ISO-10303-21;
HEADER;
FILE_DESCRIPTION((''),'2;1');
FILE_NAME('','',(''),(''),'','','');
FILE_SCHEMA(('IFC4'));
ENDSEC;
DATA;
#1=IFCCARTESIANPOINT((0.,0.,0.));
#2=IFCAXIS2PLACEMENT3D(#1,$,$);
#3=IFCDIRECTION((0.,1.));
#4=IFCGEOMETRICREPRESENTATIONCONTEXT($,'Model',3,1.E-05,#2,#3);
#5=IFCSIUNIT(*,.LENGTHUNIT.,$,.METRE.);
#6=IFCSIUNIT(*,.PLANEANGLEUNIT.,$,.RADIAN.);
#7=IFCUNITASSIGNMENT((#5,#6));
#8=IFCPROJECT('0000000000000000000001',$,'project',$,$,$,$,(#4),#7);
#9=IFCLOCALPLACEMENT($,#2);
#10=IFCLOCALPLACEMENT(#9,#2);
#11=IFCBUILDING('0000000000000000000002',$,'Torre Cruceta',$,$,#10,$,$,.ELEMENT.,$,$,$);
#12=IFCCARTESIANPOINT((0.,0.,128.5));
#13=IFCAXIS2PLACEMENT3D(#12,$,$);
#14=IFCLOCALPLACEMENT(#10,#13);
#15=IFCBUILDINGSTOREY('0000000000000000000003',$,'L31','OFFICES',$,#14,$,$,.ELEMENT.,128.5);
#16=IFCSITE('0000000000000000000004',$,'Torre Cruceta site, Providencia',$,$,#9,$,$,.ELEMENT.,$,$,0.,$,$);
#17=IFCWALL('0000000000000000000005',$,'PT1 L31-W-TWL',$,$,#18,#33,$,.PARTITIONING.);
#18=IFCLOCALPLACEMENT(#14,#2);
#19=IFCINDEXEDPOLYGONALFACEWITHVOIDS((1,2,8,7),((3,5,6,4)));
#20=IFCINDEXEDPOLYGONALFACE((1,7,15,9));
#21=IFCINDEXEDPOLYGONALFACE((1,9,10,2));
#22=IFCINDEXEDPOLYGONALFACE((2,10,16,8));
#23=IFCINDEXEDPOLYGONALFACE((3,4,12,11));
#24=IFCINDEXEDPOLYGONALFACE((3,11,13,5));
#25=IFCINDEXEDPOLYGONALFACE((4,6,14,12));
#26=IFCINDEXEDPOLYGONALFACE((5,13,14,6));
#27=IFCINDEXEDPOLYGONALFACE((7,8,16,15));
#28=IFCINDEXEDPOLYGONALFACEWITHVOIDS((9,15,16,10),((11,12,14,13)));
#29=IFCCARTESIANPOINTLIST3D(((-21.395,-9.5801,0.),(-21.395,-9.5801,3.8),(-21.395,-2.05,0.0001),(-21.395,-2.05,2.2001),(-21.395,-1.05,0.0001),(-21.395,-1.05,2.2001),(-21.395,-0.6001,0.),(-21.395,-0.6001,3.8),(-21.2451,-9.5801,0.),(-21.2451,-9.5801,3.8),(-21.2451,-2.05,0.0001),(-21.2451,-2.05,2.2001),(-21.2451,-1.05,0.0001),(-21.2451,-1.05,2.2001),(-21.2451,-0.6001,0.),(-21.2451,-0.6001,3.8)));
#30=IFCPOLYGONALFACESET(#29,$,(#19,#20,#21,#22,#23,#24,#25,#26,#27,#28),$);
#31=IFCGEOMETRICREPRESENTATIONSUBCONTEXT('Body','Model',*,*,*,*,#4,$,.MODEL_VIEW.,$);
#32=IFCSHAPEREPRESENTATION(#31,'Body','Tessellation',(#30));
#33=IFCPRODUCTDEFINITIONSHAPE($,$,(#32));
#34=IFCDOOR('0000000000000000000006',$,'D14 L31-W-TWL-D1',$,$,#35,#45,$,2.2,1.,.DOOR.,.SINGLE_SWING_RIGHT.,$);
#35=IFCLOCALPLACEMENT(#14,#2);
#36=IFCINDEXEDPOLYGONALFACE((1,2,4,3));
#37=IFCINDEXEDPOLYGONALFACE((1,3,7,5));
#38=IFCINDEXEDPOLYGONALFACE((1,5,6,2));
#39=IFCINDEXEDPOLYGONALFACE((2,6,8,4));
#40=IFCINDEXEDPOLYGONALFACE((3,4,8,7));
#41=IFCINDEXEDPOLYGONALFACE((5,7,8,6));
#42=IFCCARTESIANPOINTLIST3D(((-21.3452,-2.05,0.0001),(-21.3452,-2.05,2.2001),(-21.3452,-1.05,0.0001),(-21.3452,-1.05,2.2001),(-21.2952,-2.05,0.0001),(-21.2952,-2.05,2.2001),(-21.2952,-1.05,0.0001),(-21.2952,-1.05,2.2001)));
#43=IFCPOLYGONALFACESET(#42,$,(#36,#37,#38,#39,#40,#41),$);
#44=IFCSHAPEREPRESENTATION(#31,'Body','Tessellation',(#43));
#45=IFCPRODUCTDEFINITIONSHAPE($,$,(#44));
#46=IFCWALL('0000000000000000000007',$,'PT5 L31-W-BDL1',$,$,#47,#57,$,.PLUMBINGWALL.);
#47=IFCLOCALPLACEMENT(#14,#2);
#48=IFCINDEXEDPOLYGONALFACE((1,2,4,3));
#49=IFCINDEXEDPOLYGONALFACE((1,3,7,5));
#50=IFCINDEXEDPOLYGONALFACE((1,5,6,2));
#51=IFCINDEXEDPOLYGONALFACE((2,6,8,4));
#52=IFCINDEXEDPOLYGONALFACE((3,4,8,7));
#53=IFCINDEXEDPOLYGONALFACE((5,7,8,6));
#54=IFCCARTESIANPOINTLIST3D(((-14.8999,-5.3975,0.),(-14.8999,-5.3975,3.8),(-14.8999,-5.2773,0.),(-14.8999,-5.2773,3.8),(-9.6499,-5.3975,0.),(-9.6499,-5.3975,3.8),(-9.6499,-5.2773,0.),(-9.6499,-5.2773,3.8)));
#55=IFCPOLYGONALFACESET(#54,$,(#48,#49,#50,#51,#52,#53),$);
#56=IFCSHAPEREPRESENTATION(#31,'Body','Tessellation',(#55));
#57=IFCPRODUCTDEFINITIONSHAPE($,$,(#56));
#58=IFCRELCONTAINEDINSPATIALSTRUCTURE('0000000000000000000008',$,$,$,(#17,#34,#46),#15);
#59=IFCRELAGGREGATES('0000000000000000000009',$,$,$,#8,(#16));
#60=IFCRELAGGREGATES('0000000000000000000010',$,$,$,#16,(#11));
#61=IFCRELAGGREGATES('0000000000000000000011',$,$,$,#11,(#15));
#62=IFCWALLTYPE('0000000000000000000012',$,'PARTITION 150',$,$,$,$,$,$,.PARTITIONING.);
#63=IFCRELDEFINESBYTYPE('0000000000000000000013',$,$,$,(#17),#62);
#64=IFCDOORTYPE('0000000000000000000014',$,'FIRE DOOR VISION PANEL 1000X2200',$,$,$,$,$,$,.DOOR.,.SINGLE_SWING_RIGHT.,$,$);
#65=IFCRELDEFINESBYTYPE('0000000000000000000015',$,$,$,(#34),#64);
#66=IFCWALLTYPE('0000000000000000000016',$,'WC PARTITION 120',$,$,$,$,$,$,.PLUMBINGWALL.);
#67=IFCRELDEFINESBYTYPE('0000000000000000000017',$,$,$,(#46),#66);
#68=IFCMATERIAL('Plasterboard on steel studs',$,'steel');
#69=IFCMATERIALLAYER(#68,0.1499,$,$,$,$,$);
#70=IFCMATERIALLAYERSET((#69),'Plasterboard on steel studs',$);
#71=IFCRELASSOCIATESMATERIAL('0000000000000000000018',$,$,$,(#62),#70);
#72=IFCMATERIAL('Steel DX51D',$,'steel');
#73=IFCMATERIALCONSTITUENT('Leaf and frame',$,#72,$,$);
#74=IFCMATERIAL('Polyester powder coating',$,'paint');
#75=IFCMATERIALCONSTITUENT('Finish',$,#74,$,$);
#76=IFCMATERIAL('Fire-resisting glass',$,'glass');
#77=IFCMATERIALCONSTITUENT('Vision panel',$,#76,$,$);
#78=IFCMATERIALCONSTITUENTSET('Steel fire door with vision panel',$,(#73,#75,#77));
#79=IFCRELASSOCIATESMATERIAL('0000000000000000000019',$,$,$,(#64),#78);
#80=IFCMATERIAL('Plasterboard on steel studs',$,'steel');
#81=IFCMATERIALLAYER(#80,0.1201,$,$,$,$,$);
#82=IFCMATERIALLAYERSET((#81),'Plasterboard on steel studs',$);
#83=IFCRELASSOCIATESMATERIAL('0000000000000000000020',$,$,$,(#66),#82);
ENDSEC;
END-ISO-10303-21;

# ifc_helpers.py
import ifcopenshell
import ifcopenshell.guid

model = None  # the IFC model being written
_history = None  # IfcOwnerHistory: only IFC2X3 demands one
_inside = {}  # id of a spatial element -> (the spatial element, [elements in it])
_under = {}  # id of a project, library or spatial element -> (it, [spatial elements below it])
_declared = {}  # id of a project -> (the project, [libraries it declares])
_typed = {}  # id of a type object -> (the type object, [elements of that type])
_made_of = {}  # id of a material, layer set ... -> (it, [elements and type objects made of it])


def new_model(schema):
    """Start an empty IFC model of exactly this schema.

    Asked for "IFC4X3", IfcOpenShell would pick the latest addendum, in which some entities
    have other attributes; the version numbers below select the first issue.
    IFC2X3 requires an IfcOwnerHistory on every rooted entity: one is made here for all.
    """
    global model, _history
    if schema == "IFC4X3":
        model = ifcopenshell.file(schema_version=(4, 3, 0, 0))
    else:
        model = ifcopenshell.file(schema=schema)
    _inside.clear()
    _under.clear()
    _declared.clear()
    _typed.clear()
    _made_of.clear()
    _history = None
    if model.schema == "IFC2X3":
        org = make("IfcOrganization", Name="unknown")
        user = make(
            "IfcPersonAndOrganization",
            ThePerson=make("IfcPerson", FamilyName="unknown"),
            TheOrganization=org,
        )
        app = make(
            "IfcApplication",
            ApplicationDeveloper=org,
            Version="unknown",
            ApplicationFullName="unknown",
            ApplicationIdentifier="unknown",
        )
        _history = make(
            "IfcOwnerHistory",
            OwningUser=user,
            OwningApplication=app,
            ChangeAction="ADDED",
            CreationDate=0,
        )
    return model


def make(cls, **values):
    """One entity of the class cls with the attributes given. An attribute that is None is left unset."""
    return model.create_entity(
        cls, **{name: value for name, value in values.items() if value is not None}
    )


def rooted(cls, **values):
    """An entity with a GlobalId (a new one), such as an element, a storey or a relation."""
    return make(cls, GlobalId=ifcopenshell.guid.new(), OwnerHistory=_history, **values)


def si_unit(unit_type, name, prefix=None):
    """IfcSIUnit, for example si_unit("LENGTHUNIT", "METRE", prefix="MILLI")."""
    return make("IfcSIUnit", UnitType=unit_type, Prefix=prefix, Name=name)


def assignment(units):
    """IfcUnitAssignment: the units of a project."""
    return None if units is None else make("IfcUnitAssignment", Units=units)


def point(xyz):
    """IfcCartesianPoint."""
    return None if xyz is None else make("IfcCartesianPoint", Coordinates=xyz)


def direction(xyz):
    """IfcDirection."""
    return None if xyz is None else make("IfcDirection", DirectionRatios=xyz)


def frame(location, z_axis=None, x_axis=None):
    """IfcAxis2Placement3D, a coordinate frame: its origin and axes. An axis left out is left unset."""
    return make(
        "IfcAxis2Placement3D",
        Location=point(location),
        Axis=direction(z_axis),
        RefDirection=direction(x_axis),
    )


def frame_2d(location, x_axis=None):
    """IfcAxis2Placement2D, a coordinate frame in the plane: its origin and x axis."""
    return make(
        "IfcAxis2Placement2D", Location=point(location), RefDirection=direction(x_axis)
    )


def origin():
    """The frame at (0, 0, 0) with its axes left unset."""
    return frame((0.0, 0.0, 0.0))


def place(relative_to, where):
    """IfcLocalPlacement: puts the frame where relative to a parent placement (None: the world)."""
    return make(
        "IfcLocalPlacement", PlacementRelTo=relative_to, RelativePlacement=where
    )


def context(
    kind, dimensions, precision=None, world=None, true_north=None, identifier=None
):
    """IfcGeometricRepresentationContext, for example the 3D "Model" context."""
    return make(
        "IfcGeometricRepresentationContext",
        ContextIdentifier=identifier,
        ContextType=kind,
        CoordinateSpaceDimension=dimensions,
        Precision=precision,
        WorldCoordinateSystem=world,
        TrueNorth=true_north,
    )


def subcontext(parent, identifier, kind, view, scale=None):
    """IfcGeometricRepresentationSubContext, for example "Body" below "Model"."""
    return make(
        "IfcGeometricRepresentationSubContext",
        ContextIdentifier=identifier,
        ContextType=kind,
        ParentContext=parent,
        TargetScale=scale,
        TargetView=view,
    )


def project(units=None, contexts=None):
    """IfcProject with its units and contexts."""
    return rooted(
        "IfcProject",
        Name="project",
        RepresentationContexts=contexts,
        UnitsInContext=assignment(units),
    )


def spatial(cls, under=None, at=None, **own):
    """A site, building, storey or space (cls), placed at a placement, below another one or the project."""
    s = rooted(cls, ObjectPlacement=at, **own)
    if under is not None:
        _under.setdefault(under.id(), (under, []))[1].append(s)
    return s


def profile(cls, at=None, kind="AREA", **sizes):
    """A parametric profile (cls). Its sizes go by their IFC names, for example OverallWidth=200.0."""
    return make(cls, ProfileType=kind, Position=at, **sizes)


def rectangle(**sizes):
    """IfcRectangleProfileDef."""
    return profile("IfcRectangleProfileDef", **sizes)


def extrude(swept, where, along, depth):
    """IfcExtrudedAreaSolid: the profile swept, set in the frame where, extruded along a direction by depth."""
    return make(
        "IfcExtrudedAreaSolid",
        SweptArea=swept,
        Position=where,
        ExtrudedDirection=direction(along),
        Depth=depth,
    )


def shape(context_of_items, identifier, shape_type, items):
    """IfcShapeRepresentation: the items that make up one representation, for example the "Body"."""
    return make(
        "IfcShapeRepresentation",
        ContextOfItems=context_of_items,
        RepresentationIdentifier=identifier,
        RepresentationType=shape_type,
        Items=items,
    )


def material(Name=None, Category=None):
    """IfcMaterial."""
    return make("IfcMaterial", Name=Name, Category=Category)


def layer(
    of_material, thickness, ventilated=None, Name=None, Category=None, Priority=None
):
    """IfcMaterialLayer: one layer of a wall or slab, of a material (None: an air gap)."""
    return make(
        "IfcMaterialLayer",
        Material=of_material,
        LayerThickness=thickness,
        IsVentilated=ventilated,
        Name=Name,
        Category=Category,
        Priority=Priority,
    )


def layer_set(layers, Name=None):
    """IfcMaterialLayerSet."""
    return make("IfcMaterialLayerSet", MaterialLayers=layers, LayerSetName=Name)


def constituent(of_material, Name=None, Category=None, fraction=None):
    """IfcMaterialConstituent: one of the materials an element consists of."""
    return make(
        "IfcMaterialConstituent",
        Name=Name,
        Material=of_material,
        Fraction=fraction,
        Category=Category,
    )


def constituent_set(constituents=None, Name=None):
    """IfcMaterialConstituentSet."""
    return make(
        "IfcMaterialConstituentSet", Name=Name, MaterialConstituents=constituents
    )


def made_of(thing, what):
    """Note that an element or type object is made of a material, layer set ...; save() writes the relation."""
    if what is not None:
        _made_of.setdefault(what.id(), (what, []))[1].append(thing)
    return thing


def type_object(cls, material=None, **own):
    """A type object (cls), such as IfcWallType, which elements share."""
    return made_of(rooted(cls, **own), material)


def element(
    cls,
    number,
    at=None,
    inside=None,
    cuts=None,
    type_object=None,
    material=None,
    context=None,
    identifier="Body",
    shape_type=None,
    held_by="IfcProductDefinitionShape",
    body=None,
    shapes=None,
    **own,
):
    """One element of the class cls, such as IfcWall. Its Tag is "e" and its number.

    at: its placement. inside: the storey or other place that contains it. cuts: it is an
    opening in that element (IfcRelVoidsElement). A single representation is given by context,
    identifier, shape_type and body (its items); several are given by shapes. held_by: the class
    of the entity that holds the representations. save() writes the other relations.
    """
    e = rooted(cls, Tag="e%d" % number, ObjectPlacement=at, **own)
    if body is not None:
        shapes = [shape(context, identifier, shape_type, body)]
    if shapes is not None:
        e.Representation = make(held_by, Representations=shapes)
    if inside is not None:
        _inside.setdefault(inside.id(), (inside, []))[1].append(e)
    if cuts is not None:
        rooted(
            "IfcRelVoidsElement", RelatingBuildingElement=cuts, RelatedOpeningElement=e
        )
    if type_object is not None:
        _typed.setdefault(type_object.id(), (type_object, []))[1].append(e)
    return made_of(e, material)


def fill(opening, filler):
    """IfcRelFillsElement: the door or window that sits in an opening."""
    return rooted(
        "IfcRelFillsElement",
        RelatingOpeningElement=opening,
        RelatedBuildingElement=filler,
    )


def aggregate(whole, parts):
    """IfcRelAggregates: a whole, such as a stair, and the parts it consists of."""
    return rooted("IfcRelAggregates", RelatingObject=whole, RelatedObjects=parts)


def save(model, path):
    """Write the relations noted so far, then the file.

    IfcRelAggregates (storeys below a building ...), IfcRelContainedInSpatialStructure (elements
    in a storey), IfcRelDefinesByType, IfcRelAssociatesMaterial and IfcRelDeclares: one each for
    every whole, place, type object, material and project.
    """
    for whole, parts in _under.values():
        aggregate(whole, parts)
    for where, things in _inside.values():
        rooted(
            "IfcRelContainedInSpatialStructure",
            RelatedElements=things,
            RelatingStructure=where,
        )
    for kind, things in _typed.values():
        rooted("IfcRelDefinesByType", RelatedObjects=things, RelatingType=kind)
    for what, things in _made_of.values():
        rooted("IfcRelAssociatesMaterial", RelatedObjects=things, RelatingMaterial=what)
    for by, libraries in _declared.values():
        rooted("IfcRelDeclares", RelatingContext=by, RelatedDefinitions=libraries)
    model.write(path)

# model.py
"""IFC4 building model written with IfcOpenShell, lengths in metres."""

from ifc_helpers import new_model, si_unit, direction, frame, frame_2d, origin, place, context, subcontext, project, spatial, rectangle, extrude, material, layer, layer_set, constituent, constituent_set, type_object, element, fill, save


model = new_model("IFC4")

# Units and contexts
model_context = context("Model", 3, precision=1e-05, world=origin(), true_north=direction((0.0, 1.0)))
body_context = subcontext(model_context, "Body", "Model", "MODEL_VIEW")
ifc_project = project(units=[si_unit("LENGTHUNIT", "METRE"), si_unit("PLANEANGLEUNIT", "RADIAN")], contexts=[model_context])

# Site, building, storey
site_placement = place(None, origin())
site = spatial("IfcSite", under=ifc_project, at=site_placement, Name="Torre Cruceta site, Providencia", CompositionType="ELEMENT", RefElevation=0.0)
building_placement = place(site_placement, origin())
building = spatial("IfcBuilding", under=site, at=building_placement, Name="Torre Cruceta", CompositionType="ELEMENT")
storey_placement = place(building_placement, frame((0.0, 0.0, 128.5)))
storey = spatial("IfcBuildingStorey", under=building, at=storey_placement, Name="L31", Description="OFFICES", CompositionType="ELEMENT", Elevation=128.5)

# Shared definitions
ifc_material_1 = material(Name="Plasterboard on steel studs", Category="steel")
ifc_layer_1 = layer(ifc_material_1, 0.1499)
ifc_layer_set_1 = layer_set([ifc_layer_1], Name="Plasterboard on steel studs")
wall_type_1 = type_object("IfcWallType", Name="PARTITION 150", PredefinedType="PARTITIONING", material=ifc_layer_set_1)

# Wall, opening, door
wall_1_placement = place(storey_placement, frame((-21.3201, -0.6001, 0.0), z_axis=(0.0, 0.0, 1.0), x_axis=(0.0, -1.0, 0.0)))
wall_1 = element("IfcWall", 1, at=wall_1_placement, inside=storey, type_object=wall_type_1, Name="PT1 L31-W-TWL", PredefinedType="PARTITIONING", context=body_context, shape_type="SweptSolid", body=[
    extrude(rectangle(XDim=8.98, YDim=0.1499, at=frame_2d((4.49, 0.0))), origin(), (0.0, 0.0, 1.0), 3.8),
])
opening_1_placement = place(wall_1_placement, frame((0.45, 0.0, 0.0)))
opening_1 = element("IfcOpeningElement", 2, at=opening_1_placement, cuts=wall_1, PredefinedType="OPENING", context=body_context, shape_type="SweptSolid", body=[
    extrude(rectangle(XDim=1.0, YDim=2.2, at=frame_2d((0.5, 1.1001))), frame((0.0, 0.085, 0.0), z_axis=(0.0, -1.0, 0.0), x_axis=(1.0, 0.0, 0.0)), (0.0, 0.0, 1.0), 0.1699),
])
ifc_material_2 = material(Name="Steel DX51D", Category="steel")
ifc_constituent_1 = constituent(ifc_material_2, Name="Leaf and frame")
ifc_material_3 = material(Name="Polyester powder coating", Category="paint")
ifc_constituent_2 = constituent(ifc_material_3, Name="Finish")
ifc_material_4 = material(Name="Fire-resisting glass", Category="glass")
ifc_constituent_3 = constituent(ifc_material_4, Name="Vision panel")
ifc_constituent_set_1 = constituent_set(constituents=[ifc_constituent_1, ifc_constituent_2, ifc_constituent_3], Name="Steel fire door with vision panel")
door_type_1 = type_object("IfcDoorType", Name="FIRE DOOR VISION PANEL 1000X2200", OperationType="SINGLE_SWING_RIGHT", PredefinedType="DOOR", material=ifc_constituent_set_1)
door_1_placement = place(opening_1_placement, frame((1.0, 0.0, 0.0), z_axis=(0.0, 0.0, 1.0), x_axis=(-1.0, 0.0, 0.0)))
door_1 = element("IfcDoor", 3, at=door_1_placement, inside=storey, type_object=door_type_1, Name="D14 L31-W-TWL-D1", OperationType="SINGLE_SWING_RIGHT", OverallHeight=2.2, OverallWidth=1.0, PredefinedType="DOOR", context=body_context, shape_type="SweptSolid", body=[
    extrude(rectangle(XDim=1.0, YDim=2.2, at=frame_2d((0.5, 1.1001))), frame((0.0, 0.0251, 0.0), z_axis=(0.0, -1.0, 0.0), x_axis=(1.0, 0.0, 0.0)), (0.0, 0.0, 1.0), 0.05),
])
fill(opening_1, door_1)

# Wall
ifc_material_5 = material(Name="Plasterboard on steel studs", Category="steel")
ifc_layer_2 = layer(ifc_material_5, 0.1201)
ifc_layer_set_2 = layer_set([ifc_layer_2], Name="Plasterboard on steel studs")
wall_type_2 = type_object("IfcWallType", Name="WC PARTITION 120", PredefinedType="PLUMBINGWALL", material=ifc_layer_set_2)
wall_2_placement = place(storey_placement, frame((-9.6499, -5.3374, 0.0), z_axis=(0.0, 0.0, 1.0), x_axis=(-1.0, 0.0, 0.0)))
element("IfcWall", 4, at=wall_2_placement, inside=storey, type_object=wall_type_2, Name="PT5 L31-W-BDL1", PredefinedType="PLUMBINGWALL", context=body_context, shape_type="SweptSolid", body=[
    extrude(rectangle(XDim=5.25, YDim=0.1201, at=frame_2d((2.625, 0.0))), origin(), (0.0, 0.0, 1.0), 3.8),
])

save(model, "model.ifc")
